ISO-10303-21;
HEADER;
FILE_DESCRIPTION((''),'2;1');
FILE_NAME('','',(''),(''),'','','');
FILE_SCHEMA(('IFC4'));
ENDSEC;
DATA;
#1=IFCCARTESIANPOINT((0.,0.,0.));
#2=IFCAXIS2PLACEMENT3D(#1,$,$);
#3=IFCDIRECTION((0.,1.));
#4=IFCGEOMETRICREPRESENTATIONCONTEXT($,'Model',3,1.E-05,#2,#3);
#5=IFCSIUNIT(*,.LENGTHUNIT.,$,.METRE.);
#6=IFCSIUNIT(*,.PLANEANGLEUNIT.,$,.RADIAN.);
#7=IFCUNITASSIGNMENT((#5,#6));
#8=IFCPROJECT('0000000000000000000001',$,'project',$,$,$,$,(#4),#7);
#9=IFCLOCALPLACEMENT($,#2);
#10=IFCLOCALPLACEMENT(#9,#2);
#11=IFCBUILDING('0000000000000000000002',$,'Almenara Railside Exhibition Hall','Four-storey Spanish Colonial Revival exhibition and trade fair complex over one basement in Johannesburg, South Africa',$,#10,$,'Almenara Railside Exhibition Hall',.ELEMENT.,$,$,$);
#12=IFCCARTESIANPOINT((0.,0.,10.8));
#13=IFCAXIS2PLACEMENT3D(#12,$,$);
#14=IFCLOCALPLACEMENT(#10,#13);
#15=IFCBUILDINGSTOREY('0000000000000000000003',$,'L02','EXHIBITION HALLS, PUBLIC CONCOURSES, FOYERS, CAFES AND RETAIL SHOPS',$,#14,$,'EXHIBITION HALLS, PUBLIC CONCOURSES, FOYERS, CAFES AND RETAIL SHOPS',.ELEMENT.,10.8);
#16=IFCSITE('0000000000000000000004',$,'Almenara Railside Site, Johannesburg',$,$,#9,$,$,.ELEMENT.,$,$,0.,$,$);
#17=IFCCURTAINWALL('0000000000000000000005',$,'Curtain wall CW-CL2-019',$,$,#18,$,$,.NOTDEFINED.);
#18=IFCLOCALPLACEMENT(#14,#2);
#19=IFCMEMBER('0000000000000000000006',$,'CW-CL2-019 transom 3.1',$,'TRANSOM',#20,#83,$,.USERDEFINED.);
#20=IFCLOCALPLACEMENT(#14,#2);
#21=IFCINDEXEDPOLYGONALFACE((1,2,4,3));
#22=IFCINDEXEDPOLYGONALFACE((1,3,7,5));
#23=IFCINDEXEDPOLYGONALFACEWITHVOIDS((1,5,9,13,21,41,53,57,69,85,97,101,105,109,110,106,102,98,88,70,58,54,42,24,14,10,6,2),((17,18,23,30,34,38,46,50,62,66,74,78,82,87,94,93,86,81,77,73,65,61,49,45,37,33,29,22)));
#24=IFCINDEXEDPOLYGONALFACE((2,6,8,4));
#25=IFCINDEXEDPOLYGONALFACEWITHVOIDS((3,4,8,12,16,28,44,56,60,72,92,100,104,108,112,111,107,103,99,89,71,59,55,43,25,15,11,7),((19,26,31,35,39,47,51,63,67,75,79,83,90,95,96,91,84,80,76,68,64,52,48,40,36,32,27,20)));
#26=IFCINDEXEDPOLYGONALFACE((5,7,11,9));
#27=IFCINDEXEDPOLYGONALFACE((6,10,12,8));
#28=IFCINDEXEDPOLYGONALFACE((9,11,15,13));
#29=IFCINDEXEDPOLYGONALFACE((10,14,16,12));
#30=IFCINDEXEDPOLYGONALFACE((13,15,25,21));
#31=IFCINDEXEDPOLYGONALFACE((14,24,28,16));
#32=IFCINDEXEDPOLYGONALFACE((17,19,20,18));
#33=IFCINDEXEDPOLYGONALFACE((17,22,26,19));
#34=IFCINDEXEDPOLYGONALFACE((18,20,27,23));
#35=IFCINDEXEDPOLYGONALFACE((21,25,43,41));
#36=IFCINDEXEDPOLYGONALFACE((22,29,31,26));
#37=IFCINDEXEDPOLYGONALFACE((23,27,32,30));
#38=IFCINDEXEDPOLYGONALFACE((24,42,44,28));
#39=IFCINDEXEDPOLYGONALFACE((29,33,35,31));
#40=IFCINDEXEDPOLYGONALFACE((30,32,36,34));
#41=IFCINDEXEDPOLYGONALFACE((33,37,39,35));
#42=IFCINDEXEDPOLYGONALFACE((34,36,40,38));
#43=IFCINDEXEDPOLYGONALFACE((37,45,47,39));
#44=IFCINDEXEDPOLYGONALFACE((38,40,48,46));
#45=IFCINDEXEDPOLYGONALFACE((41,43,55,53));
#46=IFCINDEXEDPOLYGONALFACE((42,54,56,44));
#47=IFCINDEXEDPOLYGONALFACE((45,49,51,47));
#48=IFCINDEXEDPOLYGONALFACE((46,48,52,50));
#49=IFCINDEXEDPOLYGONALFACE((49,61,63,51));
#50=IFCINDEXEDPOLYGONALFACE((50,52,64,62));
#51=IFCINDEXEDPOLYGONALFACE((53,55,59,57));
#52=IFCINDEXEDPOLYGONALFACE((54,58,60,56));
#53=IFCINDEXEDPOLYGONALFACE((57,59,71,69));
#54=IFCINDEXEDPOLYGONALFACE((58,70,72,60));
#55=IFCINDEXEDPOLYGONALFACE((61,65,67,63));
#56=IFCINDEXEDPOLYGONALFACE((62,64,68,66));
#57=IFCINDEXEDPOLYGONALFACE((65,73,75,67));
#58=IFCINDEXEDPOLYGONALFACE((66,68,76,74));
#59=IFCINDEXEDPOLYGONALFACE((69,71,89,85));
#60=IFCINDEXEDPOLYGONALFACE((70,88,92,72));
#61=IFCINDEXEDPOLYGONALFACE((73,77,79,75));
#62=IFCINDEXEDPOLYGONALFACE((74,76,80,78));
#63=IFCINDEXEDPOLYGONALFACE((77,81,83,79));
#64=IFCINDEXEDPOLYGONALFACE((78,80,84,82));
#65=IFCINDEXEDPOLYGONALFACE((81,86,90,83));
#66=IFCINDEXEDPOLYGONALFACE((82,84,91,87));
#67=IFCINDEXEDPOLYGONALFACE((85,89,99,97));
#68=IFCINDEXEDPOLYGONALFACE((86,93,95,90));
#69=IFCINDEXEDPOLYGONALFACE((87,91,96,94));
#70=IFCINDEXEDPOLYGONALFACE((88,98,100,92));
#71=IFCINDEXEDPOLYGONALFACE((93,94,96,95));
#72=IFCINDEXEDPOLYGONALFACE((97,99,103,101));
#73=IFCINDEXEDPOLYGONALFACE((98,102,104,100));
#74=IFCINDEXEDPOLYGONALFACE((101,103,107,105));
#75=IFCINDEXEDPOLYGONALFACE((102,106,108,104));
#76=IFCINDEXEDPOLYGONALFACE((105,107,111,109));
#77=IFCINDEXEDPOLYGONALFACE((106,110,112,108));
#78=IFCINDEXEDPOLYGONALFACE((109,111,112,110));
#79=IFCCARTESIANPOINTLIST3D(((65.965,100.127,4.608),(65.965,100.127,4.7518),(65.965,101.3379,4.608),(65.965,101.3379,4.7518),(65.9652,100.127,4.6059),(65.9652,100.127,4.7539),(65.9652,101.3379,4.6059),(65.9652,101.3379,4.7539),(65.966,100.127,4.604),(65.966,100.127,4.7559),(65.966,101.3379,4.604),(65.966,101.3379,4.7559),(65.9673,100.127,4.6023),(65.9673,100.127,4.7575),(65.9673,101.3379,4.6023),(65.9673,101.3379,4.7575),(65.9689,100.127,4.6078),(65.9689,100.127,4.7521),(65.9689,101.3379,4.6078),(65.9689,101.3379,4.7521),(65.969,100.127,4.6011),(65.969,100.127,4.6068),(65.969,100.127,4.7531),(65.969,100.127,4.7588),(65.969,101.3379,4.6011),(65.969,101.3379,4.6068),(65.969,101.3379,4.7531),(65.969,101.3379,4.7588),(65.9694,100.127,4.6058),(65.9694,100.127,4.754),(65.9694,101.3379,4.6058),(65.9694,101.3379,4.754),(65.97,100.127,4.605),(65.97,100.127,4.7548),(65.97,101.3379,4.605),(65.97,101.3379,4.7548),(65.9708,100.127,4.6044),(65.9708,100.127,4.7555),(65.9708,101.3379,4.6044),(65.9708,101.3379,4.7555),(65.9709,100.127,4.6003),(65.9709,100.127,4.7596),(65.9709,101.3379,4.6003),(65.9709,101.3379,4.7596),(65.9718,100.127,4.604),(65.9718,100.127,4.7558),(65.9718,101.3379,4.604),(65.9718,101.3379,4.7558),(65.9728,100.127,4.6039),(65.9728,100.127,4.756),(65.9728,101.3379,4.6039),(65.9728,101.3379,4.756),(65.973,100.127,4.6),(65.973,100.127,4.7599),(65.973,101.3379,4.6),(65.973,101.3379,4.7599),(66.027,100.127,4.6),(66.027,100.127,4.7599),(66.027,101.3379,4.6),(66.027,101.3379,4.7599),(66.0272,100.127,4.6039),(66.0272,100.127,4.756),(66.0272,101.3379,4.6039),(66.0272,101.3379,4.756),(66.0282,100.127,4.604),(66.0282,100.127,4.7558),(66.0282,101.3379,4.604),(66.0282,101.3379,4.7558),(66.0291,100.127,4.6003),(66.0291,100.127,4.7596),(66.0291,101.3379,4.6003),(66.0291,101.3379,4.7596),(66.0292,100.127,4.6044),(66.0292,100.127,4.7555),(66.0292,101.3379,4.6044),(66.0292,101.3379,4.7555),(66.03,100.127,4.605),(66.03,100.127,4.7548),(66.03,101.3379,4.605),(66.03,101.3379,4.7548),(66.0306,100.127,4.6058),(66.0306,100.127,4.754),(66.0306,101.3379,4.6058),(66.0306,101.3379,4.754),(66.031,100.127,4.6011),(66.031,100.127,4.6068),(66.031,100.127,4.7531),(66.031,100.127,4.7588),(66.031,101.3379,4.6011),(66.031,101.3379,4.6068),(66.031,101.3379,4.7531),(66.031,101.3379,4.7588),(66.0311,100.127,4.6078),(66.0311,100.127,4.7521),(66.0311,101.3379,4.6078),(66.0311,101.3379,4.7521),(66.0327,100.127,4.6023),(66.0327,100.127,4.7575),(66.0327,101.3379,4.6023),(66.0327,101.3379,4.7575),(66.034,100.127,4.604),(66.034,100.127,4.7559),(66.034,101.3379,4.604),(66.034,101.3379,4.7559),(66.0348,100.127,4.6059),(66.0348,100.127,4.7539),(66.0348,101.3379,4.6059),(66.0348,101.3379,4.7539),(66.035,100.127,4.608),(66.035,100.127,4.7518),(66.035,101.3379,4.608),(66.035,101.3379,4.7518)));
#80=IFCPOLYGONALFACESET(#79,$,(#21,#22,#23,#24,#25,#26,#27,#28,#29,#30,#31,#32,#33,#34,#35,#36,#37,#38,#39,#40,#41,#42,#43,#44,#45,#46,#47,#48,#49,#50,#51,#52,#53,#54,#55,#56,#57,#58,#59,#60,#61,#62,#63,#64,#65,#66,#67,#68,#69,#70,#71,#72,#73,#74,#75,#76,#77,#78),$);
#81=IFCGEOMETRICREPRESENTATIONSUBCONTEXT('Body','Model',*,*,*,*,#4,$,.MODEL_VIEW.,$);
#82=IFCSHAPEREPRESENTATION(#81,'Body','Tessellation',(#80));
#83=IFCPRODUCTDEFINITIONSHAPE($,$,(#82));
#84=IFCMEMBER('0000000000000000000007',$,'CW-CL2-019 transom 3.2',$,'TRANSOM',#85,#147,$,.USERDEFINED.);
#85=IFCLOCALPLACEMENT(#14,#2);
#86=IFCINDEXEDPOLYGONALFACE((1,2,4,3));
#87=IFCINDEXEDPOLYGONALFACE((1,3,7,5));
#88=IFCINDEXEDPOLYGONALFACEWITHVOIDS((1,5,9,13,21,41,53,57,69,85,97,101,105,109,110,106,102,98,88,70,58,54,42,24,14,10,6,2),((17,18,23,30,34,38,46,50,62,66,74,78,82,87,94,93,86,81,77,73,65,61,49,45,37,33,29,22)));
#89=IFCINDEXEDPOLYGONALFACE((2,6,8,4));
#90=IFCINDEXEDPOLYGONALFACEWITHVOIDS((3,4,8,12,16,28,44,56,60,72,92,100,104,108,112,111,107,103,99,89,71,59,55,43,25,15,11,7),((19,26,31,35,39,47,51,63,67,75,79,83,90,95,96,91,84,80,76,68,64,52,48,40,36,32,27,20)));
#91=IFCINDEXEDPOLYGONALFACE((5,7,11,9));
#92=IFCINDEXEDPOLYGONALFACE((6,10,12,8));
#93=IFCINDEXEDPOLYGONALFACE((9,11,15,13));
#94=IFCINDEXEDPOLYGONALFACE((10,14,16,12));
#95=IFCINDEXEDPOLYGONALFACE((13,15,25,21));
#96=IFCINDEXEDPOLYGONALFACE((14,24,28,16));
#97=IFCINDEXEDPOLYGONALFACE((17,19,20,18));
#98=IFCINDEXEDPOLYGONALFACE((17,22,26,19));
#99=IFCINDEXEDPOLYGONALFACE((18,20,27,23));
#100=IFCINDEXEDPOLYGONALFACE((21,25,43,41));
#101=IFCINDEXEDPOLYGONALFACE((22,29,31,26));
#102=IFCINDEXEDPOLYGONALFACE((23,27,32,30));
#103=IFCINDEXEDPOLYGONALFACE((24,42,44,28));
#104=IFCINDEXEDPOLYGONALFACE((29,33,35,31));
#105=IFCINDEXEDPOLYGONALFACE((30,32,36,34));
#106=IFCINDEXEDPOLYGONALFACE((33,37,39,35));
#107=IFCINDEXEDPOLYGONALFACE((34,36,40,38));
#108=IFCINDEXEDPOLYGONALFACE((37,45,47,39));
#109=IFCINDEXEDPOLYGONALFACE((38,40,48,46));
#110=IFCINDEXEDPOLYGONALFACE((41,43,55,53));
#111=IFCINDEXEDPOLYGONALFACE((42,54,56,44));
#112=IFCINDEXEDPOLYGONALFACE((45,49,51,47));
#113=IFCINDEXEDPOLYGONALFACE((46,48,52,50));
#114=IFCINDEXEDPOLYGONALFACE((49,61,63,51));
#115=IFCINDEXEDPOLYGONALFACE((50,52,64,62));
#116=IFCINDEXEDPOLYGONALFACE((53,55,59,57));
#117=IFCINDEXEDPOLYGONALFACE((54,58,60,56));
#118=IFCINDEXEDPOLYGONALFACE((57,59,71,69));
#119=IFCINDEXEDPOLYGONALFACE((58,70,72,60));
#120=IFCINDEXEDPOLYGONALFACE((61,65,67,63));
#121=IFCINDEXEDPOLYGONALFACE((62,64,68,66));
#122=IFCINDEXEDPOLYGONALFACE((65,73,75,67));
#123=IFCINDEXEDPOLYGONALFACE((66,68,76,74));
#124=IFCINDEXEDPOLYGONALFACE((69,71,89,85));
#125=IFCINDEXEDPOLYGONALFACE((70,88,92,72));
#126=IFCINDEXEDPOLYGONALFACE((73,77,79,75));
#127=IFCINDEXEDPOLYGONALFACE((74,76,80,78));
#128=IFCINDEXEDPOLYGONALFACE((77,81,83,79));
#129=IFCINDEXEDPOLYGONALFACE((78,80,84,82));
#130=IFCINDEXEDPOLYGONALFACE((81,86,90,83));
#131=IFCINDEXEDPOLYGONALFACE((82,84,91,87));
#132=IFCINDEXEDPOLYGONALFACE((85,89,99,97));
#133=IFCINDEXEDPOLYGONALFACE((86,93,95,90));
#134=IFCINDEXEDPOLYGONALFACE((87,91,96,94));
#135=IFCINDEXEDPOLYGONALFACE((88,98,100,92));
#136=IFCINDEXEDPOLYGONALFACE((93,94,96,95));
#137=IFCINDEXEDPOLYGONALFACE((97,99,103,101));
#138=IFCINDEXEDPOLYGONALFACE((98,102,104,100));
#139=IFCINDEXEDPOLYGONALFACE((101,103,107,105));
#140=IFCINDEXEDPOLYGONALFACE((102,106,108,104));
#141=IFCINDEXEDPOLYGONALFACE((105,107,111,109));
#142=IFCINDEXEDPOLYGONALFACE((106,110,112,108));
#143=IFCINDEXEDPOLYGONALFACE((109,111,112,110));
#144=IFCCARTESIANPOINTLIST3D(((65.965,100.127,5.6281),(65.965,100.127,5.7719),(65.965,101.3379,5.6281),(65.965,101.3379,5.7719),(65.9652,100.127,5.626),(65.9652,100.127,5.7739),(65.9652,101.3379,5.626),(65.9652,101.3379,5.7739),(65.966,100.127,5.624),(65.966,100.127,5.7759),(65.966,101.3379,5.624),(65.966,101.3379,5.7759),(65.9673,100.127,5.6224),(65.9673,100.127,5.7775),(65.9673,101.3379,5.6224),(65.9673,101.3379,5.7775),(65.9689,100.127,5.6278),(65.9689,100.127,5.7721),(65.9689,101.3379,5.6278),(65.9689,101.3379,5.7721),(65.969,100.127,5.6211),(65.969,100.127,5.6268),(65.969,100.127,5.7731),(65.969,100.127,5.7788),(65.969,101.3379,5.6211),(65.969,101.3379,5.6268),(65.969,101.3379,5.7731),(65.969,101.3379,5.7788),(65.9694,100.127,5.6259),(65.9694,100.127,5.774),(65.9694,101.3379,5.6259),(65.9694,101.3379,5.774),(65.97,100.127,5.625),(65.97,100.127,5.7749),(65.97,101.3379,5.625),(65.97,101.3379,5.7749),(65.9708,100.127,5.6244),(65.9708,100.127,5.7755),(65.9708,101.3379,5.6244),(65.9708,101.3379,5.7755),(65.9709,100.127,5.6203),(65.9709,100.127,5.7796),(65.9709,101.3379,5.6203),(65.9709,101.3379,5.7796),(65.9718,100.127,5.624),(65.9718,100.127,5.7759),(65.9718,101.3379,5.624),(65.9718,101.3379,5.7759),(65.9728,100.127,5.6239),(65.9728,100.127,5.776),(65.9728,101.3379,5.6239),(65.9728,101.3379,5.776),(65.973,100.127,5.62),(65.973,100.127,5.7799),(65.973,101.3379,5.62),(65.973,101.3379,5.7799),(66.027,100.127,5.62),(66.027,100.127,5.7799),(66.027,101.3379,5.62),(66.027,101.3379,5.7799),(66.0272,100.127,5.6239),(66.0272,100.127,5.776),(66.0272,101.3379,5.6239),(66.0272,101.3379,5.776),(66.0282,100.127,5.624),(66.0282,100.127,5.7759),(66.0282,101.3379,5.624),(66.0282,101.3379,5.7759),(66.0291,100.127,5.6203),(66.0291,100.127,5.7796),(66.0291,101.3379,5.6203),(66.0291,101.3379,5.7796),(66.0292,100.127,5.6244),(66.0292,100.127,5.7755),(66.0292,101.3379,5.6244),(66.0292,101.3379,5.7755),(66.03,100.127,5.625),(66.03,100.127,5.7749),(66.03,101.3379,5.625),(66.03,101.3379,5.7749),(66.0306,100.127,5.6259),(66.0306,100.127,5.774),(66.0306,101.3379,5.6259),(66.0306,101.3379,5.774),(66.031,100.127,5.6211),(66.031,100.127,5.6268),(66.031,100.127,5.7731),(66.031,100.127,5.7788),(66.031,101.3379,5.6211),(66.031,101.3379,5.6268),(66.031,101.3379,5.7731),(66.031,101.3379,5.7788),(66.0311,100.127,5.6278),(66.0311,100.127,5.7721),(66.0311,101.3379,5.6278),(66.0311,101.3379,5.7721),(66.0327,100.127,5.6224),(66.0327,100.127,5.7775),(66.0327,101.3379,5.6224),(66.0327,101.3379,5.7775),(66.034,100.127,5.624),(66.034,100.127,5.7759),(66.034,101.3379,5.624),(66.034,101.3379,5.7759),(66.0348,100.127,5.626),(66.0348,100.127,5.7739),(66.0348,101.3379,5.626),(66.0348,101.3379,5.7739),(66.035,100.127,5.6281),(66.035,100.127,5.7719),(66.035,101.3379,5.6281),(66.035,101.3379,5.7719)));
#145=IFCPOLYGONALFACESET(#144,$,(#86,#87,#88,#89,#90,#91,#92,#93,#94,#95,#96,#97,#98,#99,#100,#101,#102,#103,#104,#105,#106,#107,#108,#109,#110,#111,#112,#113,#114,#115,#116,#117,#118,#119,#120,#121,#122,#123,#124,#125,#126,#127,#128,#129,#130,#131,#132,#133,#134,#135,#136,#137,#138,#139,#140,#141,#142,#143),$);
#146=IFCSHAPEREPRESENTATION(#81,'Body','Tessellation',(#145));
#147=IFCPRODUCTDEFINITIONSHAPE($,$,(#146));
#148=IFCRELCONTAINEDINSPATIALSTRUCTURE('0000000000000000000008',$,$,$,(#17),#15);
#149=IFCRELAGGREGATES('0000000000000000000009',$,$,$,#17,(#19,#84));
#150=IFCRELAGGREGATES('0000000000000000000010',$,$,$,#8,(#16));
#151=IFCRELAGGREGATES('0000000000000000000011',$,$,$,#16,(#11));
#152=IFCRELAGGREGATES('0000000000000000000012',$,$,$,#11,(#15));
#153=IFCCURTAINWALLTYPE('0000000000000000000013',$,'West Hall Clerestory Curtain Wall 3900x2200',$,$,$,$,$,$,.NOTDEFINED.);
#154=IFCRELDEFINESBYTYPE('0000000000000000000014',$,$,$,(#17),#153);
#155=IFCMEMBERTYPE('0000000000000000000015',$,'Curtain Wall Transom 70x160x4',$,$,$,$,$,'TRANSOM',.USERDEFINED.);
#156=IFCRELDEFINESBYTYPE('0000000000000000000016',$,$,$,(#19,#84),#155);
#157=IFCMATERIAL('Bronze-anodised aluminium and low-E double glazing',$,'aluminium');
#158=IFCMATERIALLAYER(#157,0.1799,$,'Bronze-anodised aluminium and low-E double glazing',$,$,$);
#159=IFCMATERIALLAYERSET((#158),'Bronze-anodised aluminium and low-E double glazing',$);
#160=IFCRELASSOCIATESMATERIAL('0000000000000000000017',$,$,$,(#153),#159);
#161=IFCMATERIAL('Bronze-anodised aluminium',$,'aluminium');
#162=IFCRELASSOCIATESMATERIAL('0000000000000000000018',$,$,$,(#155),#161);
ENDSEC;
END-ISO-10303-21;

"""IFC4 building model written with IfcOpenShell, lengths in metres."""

from ifc_helpers import new_model, si_unit, direction, frame, origin, origin_2d, place, context, subcontext, project, spatial, hollow_rectangle, extrude, material, layer, layer_set, material_profile, profile_set, type_object, element, aggregate, save


model = new_model("IFC4")

# Units and contexts
model_context = context("Model", 3, precision=1e-05, world=origin(), true_north=direction((0.0, 1.0)))
body_context = subcontext(model_context, "Body", "Model", "MODEL_VIEW")
ifc_project = project(units=[si_unit("LENGTHUNIT", "METRE"), si_unit("PLANEANGLEUNIT", "RADIAN")], contexts=[model_context])

# Site, building, storey
site_placement = place(None, origin())
site = spatial("IfcSite", under=ifc_project, at=site_placement, Name="Almenara Railside Site, Johannesburg", CompositionType="ELEMENT", RefElevation=0.0)
building_placement = place(site_placement, origin())
building = spatial("IfcBuilding", under=site, at=building_placement, Name="Almenara Railside Exhibition Hall", Description="Four-storey Spanish Colonial Revival exhibition and trade fair complex over one basement in Johannesburg, South Africa", LongName="Almenara Railside Exhibition Hall", CompositionType="ELEMENT")
storey_placement = place(building_placement, frame((0.0, 0.0, 10.8)))
storey = spatial("IfcBuildingStorey", under=building, at=storey_placement, Name="L02", Description="EXHIBITION HALLS, PUBLIC CONCOURSES, FOYERS, CAFES AND RETAIL SHOPS", LongName="EXHIBITION HALLS, PUBLIC CONCOURSES, FOYERS, CAFES AND RETAIL SHOPS", CompositionType="ELEMENT", Elevation=10.8)

# Curtain wall
ifc_material_1 = material(Name="Bronze-anodised aluminium and low-E double glazing", Category="aluminium")
ifc_layer_1 = layer(ifc_material_1, 0.1799, Name="Bronze-anodised aluminium and low-E double glazing")
ifc_layer_set_1 = layer_set([ifc_layer_1], Name="Bronze-anodised aluminium and low-E double glazing")
curtain_wall_type = type_object("IfcCurtainWallType", Name="West Hall Clerestory Curtain Wall 3900x2200", PredefinedType="NOTDEFINED", material=ifc_layer_set_1)
ifc_material_2 = material(Name="Bronze-anodised aluminium", Category="aluminium")
curtain_wall_1_placement = place(storey_placement, origin())
curtain_wall_1 = element("IfcCurtainWall", 1, at=curtain_wall_1_placement, inside=storey, type_object=curtain_wall_type, Name="Curtain wall CW-CL2-019", PredefinedType="NOTDEFINED")

# Members
ifc_material_profile_1 = material_profile(ifc_material_2, hollow_rectangle(XDim=0.0701, YDim=0.1599, WallThickness=0.0039, InnerFilletRadius=0.0039, OuterFilletRadius=0.0081, at=origin_2d()), Name="ALU-TRN 70x160x4")
ifc_profile_set_1 = profile_set([ifc_material_profile_1], Name="Bronze-anodised aluminium")
member_type_1 = type_object("IfcMemberType", Name="Curtain Wall Transom 70x160x4", ElementType="TRANSOM", PredefinedType="USERDEFINED", material=ifc_profile_set_1)
member_1_placement = place(storey_placement, frame((66.0, 100.127, 4.6799), z_axis=(0.0, 1.0, 0.0), x_axis=(-1.0, 0.0, 0.0)))
member_1 = element("IfcMember", 2, at=member_1_placement, type_object=member_type_1, Name="CW-CL2-019 transom 3.1", ObjectType="TRANSOM", PredefinedType="USERDEFINED", context=body_context, shape_type="SweptSolid", body=[
    extrude(hollow_rectangle(XDim=0.0701, YDim=0.1599, WallThickness=0.0039, InnerFilletRadius=0.0039, OuterFilletRadius=0.0081, at=origin_2d()), origin(), (0.0, 0.0, 1.0), 1.2109),
])
member_2_placement = place(storey_placement, frame((66.0, 100.127, 5.7), z_axis=(0.0, 1.0, 0.0), x_axis=(-1.0, 0.0, 0.0)))
member_2 = element("IfcMember", 3, at=member_2_placement, type_object=member_type_1, Name="CW-CL2-019 transom 3.2", ObjectType="TRANSOM", PredefinedType="USERDEFINED", context=body_context, shape_type="SweptSolid", body=[
    extrude(hollow_rectangle(XDim=0.0701, YDim=0.1599, WallThickness=0.0039, InnerFilletRadius=0.0039, OuterFilletRadius=0.0081, at=origin_2d()), origin(), (0.0, 0.0, 1.0), 1.2109),
])

aggregate(curtain_wall_1, [member_1, member_2])

save(model, "model.ifc")
